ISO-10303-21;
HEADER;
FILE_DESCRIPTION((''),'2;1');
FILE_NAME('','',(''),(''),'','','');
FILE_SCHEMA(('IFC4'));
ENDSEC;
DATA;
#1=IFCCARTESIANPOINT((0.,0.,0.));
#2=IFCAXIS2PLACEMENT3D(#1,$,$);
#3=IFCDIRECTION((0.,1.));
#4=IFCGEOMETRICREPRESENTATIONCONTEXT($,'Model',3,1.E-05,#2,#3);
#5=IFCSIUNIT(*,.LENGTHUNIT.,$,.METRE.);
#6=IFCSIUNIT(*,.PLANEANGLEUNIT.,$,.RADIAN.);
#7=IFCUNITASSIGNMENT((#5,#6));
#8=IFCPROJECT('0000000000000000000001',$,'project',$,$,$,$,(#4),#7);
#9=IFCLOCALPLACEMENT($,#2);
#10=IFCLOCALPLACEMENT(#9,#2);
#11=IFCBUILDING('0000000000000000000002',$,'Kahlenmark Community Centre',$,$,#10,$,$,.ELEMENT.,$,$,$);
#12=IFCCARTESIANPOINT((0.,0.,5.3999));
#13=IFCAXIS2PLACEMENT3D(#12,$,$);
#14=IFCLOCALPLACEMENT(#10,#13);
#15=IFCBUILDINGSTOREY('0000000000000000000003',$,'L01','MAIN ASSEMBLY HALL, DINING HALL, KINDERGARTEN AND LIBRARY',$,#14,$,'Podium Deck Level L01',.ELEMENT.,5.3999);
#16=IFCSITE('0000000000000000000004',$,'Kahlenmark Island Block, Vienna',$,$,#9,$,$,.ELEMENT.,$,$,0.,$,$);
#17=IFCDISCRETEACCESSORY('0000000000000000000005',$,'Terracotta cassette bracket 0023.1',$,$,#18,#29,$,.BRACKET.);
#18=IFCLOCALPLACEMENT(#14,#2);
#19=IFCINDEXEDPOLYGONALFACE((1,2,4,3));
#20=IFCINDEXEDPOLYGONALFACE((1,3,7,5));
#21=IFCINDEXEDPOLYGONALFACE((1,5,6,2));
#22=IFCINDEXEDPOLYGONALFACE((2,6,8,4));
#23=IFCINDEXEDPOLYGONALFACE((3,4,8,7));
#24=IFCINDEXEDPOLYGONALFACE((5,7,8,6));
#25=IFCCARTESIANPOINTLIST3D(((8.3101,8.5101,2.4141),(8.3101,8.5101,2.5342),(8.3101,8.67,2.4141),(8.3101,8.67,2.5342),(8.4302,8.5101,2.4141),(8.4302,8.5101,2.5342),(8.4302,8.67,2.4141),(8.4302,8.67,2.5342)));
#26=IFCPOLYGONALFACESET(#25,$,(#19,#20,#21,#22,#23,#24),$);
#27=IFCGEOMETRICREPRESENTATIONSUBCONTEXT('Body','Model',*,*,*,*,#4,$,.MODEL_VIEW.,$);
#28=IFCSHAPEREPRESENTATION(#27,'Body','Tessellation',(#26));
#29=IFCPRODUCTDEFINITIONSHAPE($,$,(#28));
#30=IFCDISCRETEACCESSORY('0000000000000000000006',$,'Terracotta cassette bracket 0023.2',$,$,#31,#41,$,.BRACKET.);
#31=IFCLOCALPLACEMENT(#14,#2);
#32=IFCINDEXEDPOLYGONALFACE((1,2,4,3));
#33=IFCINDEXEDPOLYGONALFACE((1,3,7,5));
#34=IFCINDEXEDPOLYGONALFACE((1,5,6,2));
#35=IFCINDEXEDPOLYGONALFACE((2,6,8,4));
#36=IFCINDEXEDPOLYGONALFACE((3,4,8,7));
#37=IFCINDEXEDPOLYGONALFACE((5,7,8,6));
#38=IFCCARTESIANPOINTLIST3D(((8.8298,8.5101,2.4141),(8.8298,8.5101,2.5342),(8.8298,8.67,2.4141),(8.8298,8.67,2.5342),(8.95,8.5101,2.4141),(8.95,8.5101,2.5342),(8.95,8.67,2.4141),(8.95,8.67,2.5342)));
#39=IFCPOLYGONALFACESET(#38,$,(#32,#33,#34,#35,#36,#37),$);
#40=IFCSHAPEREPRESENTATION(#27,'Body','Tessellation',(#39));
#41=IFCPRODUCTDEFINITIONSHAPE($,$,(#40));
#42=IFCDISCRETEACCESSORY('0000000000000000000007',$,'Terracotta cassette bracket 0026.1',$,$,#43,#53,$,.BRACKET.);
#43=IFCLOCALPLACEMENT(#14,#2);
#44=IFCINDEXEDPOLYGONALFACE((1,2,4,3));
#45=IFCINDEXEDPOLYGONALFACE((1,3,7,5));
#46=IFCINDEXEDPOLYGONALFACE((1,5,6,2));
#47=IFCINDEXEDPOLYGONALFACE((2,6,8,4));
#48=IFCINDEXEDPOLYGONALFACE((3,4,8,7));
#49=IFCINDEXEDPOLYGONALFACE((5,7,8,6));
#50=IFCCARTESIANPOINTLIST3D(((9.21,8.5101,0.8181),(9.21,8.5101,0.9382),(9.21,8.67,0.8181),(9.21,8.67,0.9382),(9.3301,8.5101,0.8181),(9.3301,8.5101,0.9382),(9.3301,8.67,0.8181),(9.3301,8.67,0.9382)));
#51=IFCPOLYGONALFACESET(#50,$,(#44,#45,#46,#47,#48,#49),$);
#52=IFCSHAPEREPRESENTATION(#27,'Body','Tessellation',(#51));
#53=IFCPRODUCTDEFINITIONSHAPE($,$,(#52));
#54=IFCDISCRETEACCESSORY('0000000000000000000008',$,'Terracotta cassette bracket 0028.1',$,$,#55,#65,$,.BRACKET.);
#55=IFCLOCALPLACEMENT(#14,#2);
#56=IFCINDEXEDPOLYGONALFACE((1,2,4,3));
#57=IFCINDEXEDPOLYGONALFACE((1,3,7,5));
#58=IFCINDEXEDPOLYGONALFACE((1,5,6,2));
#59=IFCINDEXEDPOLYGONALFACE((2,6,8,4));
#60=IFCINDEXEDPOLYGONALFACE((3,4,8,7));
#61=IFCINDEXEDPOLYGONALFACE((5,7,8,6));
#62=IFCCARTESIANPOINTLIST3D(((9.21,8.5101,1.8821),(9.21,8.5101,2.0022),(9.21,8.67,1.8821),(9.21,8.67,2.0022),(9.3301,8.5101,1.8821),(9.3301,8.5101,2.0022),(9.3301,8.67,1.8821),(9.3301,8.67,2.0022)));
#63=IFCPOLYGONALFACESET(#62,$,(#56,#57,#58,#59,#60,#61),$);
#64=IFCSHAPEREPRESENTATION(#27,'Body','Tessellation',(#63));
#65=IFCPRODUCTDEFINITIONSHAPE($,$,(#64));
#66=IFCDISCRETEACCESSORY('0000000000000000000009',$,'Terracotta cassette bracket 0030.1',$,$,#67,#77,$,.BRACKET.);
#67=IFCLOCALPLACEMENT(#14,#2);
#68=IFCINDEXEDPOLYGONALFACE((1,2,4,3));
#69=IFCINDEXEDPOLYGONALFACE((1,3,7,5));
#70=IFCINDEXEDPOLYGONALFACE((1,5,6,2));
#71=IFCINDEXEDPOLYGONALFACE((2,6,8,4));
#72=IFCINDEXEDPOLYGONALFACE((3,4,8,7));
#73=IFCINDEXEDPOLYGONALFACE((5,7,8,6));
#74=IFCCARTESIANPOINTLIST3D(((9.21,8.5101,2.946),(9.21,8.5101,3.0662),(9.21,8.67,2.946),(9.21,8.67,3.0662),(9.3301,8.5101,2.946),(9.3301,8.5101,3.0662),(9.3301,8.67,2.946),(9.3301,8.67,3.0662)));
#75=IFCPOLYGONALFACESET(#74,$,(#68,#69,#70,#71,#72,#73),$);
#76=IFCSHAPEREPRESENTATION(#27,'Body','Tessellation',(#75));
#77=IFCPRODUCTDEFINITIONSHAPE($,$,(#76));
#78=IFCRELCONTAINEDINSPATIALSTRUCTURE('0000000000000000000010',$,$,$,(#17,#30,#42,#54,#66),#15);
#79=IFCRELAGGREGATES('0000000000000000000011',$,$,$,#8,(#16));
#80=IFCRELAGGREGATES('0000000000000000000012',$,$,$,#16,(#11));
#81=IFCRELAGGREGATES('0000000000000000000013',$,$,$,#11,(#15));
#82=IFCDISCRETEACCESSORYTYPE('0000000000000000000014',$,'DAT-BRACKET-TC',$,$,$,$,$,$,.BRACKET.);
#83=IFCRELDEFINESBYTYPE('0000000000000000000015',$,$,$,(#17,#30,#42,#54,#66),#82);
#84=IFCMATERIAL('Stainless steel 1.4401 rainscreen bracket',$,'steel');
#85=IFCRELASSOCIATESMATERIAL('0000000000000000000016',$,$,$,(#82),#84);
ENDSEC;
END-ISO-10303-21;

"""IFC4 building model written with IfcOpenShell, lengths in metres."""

from ifc_helpers import new_model, si_unit, direction, frame, origin, origin_2d, place, context, subcontext, project, spatial, rectangle, extrude, material, type_object, element, save


model = new_model("IFC4")

# Units and contexts
model_context = context("Model", 3, precision=1e-05, world=origin(), true_north=direction((0.0, 1.0)))
body_context = subcontext(model_context, "Body", "Model", "MODEL_VIEW")
ifc_project = project(units=[si_unit("LENGTHUNIT", "METRE"), si_unit("PLANEANGLEUNIT", "RADIAN")], contexts=[model_context])

# Site, building, storey
site_placement = place(None, origin())
site = spatial("IfcSite", under=ifc_project, at=site_placement, Name="Kahlenmark Island Block, Vienna", CompositionType="ELEMENT", RefElevation=0.0)
building_placement = place(site_placement, origin())
building = spatial("IfcBuilding", under=site, at=building_placement, Name="Kahlenmark Community Centre", CompositionType="ELEMENT")
storey_placement = place(building_placement, frame((0.0, 0.0, 5.3999)))
storey = spatial("IfcBuildingStorey", under=building, at=storey_placement, Name="L01", Description="MAIN ASSEMBLY HALL, DINING HALL, KINDERGARTEN AND LIBRARY", LongName="Podium Deck Level L01", CompositionType="ELEMENT", Elevation=5.3999)

# Discrete accessories
ifc_material_1 = material(Name="Stainless steel 1.4401 rainscreen bracket", Category="steel")
discrete_accessory_type = type_object("IfcDiscreteAccessoryType", Name="DAT-BRACKET-TC", PredefinedType="BRACKET", material=ifc_material_1)
for number, where, z_axis, x_axis, name in (
    (1, (8.3701, 8.5901, 2.4141), (0.0, 0.0, 1.0), (1.0, 0.0, 0.0), "Terracotta cassette bracket 0023.1"),
    (2, (8.8899, 8.5901, 2.4141), (0.0, 0.0, 1.0), (1.0, 0.0, 0.0), "Terracotta cassette bracket 0023.2"),
    (3, (9.27, 8.5901, 0.8181), (0.0, 0.0, 1.0), (1.0, 0.0, 0.0), "Terracotta cassette bracket 0026.1"),
    (4, (9.27, 8.5901, 1.8821), (0.0, 0.0, 1.0), (1.0, 0.0, 0.0), "Terracotta cassette bracket 0028.1"),
    (5, (9.27, 8.5901, 2.946), (0.0, 0.0, 1.0), (1.0, 0.0, 0.0), "Terracotta cassette bracket 0030.1"),
):
    element("IfcDiscreteAccessory", number, at=place(storey_placement, frame(where, z_axis=z_axis, x_axis=x_axis)), inside=storey, type_object=discrete_accessory_type, Name=name, PredefinedType="BRACKET", context=body_context, shape_type="SweptSolid", body=[
        extrude(rectangle(XDim=0.1201, YDim=0.1599, at=origin_2d()), origin(), (0.0, 0.0, 1.0), 0.1201),
    ])

save(model, "model.ifc")
